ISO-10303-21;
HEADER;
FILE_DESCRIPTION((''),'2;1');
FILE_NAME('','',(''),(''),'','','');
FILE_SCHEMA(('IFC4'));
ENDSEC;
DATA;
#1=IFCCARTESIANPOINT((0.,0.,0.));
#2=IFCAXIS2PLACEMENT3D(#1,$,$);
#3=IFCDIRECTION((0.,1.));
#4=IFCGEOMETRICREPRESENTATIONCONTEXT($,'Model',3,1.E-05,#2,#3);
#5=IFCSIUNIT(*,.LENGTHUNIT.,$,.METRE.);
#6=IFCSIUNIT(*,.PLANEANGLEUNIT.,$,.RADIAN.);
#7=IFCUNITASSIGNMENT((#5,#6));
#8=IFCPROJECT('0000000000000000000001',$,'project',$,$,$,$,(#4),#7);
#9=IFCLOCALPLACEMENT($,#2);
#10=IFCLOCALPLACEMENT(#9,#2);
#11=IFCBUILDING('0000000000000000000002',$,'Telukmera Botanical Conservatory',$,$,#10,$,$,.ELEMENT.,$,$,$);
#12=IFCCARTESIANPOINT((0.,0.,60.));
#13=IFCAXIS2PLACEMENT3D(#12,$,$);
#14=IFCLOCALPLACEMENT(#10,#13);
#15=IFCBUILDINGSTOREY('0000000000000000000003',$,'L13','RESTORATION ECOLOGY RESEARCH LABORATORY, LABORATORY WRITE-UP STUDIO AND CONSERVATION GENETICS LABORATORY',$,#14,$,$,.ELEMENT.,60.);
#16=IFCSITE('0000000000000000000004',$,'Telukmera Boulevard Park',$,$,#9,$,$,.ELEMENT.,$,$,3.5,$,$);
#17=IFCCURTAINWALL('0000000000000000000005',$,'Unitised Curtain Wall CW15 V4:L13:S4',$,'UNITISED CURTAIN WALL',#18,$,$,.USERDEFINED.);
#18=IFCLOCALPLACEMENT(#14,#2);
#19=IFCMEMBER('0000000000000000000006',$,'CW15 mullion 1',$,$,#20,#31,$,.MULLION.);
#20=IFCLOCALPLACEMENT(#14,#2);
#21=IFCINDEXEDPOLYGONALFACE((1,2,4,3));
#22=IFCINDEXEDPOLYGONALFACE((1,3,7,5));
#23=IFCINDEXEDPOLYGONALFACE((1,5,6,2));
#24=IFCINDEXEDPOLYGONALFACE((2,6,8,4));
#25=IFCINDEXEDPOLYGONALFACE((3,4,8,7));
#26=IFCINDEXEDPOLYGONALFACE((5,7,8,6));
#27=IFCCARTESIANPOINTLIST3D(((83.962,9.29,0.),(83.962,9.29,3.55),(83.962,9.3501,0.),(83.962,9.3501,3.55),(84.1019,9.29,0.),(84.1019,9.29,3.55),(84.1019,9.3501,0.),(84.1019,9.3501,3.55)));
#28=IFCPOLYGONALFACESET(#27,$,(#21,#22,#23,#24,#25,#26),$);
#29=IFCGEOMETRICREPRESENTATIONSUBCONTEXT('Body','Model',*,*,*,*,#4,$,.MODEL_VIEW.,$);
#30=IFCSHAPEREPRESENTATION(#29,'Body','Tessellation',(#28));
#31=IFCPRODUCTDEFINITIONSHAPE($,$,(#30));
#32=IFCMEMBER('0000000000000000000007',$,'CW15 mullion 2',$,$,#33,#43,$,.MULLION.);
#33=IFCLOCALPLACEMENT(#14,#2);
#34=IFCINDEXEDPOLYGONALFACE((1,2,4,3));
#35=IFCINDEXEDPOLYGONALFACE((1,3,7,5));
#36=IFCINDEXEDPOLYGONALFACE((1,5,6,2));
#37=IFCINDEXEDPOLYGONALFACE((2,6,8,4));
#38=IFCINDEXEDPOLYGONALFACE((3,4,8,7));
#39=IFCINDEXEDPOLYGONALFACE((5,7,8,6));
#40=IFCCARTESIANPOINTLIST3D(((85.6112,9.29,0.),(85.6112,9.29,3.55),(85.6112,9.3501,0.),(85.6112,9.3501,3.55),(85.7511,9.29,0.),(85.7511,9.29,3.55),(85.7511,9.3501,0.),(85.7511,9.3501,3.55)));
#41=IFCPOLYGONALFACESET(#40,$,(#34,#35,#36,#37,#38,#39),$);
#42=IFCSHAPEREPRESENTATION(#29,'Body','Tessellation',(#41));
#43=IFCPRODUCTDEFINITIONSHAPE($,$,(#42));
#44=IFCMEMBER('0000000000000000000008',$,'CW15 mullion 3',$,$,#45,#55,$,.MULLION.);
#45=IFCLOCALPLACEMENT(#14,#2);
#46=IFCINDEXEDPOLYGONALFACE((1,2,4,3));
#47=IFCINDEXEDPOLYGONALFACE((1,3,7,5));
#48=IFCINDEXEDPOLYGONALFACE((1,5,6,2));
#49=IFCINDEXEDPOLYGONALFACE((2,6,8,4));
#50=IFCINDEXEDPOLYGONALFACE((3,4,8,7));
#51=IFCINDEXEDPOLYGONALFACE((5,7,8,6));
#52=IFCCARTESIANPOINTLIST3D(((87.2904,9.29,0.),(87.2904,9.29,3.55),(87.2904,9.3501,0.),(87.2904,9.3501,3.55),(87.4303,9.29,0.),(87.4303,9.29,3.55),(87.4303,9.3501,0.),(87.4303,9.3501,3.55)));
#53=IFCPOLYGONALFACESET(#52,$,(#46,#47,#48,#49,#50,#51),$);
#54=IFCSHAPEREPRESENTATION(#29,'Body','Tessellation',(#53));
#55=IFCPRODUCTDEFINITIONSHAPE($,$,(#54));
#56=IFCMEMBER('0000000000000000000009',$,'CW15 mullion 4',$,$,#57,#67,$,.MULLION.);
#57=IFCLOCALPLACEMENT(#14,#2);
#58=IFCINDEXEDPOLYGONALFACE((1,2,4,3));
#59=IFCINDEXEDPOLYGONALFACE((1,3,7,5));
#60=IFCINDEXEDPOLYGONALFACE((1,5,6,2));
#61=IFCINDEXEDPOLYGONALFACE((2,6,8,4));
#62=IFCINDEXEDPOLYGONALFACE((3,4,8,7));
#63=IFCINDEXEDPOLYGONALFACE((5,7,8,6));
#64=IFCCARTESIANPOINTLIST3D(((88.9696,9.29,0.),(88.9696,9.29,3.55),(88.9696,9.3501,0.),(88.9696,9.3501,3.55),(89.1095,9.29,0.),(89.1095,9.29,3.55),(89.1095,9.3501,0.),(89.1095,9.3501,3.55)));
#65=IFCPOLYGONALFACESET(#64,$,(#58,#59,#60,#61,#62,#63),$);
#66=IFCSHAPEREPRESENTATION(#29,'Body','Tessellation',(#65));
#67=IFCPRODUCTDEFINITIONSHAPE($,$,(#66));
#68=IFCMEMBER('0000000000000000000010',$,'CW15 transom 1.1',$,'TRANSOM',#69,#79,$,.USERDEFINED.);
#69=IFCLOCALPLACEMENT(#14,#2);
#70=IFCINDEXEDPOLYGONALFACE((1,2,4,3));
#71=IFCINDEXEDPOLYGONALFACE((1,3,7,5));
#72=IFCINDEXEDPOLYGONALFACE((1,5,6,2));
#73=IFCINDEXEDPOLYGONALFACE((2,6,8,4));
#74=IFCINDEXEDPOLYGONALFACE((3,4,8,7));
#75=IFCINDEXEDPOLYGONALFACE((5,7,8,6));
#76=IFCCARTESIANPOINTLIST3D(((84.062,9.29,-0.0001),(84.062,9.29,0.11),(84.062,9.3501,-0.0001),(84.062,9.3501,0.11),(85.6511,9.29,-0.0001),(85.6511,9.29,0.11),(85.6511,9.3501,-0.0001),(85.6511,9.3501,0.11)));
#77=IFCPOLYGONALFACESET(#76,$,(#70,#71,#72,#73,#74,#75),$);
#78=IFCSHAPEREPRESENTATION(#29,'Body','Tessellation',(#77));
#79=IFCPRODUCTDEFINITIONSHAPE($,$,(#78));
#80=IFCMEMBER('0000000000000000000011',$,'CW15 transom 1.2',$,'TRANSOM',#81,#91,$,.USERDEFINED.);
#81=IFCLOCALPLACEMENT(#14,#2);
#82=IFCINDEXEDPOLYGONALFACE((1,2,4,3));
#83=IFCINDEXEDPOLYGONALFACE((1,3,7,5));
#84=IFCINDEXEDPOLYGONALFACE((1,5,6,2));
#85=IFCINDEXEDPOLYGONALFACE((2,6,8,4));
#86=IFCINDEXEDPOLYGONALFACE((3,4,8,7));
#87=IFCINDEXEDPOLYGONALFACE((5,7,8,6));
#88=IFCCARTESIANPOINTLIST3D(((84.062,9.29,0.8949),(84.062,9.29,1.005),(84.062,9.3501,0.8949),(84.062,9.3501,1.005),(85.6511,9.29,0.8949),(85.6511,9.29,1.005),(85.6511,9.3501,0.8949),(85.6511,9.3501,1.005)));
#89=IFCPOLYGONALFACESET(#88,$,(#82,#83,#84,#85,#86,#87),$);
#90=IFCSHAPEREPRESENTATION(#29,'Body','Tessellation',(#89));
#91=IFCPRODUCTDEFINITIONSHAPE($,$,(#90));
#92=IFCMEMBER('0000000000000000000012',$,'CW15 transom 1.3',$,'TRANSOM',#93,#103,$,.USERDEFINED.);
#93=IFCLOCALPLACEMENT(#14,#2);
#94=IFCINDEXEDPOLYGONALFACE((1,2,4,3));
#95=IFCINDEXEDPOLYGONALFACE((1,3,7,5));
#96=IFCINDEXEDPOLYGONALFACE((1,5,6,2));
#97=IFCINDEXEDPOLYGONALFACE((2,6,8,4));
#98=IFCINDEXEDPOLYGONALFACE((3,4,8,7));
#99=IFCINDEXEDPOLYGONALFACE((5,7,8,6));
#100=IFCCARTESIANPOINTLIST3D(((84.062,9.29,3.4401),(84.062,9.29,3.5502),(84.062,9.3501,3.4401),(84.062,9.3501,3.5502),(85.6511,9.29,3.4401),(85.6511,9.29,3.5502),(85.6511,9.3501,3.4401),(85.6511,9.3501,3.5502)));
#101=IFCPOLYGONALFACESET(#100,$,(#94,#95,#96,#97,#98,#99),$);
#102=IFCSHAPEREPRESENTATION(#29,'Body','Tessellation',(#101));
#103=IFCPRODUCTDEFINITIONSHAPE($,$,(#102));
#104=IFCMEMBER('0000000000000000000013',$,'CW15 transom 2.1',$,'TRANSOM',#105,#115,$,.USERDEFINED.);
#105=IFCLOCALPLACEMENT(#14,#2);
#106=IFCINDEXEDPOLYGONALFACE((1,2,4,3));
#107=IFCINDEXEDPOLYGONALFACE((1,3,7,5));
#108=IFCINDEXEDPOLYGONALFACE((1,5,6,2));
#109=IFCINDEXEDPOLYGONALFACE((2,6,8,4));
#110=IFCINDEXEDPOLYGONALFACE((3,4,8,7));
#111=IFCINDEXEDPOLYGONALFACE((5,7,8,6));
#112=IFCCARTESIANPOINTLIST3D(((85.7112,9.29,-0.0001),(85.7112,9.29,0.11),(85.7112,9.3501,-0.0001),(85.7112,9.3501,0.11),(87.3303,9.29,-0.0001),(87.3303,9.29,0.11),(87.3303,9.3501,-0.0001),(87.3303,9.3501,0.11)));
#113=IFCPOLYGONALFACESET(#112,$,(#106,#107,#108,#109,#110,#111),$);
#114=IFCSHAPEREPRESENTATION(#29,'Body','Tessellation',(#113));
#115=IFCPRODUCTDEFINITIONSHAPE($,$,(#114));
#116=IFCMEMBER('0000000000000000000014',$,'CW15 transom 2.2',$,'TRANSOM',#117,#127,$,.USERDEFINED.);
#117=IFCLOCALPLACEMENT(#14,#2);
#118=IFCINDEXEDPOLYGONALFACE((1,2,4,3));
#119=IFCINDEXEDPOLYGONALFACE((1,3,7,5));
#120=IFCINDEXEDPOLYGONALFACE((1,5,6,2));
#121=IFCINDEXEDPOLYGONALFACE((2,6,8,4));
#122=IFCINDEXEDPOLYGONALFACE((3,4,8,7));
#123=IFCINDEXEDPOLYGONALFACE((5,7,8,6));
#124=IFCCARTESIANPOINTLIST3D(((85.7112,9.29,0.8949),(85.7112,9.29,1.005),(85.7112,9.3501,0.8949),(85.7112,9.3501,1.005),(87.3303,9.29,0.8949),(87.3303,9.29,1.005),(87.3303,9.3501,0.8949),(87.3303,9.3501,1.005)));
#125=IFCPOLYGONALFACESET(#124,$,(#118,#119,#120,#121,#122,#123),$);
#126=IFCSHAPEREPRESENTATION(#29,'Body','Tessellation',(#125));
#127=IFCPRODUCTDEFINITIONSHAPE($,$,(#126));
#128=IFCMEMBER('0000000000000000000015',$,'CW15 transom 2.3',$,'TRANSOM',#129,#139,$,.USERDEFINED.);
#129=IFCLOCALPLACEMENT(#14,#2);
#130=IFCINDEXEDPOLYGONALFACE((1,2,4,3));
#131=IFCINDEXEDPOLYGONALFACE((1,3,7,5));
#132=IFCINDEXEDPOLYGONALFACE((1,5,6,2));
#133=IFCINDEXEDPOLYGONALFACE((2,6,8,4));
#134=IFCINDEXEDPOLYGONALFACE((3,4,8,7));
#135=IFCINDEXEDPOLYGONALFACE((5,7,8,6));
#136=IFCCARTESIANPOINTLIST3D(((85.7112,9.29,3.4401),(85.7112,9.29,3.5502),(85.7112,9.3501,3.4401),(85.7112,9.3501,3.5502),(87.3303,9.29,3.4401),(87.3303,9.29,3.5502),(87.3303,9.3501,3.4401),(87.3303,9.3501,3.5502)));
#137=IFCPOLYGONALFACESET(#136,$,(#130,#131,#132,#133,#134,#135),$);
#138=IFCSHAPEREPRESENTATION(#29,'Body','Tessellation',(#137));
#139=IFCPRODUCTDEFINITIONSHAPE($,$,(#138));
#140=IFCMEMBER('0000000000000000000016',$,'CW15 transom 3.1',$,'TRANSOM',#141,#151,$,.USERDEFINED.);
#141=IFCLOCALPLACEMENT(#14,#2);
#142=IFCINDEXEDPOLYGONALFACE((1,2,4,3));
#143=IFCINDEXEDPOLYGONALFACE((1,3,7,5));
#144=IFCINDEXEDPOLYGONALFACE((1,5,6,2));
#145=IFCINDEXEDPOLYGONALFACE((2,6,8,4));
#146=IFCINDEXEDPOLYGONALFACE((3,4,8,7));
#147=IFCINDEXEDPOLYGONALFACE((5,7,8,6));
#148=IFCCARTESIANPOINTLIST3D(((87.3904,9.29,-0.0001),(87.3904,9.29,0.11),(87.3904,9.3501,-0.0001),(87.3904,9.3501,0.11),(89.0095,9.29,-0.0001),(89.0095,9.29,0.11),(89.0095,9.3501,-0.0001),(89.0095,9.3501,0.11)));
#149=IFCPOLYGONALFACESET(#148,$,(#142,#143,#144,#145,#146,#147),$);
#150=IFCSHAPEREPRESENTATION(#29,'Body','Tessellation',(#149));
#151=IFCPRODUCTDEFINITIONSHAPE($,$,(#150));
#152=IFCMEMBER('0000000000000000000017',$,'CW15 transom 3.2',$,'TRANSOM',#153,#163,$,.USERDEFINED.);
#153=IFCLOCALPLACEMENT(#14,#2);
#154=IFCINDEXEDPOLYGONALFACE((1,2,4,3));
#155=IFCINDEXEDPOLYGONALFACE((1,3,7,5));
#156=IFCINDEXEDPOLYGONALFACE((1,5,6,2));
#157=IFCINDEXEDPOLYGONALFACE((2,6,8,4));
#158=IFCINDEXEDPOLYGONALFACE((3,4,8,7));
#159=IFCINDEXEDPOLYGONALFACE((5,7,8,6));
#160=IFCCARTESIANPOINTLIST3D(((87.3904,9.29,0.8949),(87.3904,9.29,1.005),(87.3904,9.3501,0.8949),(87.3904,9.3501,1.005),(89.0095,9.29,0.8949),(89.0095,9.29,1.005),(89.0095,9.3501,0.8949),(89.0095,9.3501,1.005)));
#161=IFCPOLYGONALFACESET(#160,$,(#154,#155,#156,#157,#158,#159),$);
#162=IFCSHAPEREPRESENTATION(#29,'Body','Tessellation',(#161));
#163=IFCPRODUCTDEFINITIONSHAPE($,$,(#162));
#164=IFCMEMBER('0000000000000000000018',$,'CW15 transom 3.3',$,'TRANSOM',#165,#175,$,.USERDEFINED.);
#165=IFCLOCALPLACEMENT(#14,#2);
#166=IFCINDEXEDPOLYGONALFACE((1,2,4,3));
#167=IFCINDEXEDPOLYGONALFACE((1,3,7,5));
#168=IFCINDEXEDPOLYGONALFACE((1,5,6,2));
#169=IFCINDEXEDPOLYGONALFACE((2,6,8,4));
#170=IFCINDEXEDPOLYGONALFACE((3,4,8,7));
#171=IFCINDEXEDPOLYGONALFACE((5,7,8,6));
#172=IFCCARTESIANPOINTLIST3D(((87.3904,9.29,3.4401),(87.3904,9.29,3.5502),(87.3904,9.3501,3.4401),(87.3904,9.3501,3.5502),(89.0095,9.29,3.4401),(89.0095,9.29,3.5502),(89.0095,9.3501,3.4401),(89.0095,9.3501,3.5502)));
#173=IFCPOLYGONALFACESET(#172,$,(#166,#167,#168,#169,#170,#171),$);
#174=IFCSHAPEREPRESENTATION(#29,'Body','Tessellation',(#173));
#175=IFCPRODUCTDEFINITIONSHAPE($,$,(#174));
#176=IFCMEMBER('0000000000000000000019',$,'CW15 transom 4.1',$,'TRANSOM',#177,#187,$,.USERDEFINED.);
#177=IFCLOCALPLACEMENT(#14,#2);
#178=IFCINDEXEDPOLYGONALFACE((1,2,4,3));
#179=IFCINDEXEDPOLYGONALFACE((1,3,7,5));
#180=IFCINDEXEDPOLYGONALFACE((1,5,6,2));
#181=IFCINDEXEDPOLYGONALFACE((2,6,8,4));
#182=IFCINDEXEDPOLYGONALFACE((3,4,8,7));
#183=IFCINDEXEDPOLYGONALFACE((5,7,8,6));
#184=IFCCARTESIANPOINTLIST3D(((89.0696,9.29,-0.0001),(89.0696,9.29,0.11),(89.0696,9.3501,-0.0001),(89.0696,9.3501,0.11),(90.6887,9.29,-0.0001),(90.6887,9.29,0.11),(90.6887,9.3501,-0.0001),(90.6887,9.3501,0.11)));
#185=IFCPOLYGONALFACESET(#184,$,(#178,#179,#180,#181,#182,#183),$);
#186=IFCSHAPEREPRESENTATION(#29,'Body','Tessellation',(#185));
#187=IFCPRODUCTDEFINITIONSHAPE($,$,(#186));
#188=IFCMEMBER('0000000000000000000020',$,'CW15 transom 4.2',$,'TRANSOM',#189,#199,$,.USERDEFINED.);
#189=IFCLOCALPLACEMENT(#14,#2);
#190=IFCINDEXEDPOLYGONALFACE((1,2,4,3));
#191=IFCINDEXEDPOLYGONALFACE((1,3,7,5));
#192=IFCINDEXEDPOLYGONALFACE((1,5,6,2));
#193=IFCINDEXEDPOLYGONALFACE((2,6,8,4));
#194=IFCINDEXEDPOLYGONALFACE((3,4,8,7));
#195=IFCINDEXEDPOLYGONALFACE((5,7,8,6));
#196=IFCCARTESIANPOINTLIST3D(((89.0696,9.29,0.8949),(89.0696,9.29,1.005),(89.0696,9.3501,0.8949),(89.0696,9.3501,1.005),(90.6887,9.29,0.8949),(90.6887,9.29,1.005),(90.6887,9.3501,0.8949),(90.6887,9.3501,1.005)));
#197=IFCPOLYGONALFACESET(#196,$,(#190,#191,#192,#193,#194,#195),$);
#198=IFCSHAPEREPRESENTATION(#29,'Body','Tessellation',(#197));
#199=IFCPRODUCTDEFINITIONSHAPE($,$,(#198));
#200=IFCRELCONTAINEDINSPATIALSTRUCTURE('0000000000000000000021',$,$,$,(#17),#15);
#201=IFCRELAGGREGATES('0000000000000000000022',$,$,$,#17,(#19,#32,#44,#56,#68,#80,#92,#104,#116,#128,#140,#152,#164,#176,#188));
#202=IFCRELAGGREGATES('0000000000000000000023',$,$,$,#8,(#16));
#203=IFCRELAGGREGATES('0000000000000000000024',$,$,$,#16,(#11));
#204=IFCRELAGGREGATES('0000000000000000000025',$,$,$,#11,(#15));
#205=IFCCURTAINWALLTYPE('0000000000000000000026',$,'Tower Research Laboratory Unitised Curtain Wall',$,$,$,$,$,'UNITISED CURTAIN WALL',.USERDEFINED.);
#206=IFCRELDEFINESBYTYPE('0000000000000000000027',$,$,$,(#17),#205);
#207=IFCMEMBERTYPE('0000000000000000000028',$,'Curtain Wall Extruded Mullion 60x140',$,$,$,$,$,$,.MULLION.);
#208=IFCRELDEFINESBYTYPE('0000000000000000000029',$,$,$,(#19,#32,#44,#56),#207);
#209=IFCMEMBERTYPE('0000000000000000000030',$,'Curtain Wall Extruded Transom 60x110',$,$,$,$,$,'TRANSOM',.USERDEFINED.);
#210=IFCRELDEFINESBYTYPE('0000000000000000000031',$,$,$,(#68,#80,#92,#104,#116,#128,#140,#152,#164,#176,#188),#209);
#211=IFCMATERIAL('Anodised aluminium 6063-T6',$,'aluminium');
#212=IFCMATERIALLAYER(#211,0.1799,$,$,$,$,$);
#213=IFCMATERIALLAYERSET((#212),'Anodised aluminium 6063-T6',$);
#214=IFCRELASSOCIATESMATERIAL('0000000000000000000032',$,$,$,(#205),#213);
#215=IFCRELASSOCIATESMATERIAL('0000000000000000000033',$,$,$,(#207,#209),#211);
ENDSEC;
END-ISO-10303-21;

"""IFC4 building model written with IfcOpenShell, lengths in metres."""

from ifc_helpers import new_model, si_unit, direction, frame, origin, origin_2d, place, context, subcontext, project, spatial, rectangle, extrude, material, layer, layer_set, material_profile, profile_set, type_object, element, aggregate, save


model = new_model("IFC4")

# Units and contexts
model_context = context("Model", 3, precision=1e-05, world=origin(), true_north=direction((0.0, 1.0)))
body_context = subcontext(model_context, "Body", "Model", "MODEL_VIEW")
ifc_project = project(units=[si_unit("LENGTHUNIT", "METRE"), si_unit("PLANEANGLEUNIT", "RADIAN")], contexts=[model_context])

# Site, building, storey
site_placement = place(None, origin())
site = spatial("IfcSite", under=ifc_project, at=site_placement, Name="Telukmera Boulevard Park", CompositionType="ELEMENT", RefElevation=3.5)
building_placement = place(site_placement, origin())
building = spatial("IfcBuilding", under=site, at=building_placement, Name="Telukmera Botanical Conservatory", CompositionType="ELEMENT")
storey_placement = place(building_placement, frame((0.0, 0.0, 60.0)))
storey = spatial("IfcBuildingStorey", under=building, at=storey_placement, Name="L13", Description="RESTORATION ECOLOGY RESEARCH LABORATORY, LABORATORY WRITE-UP STUDIO AND CONSERVATION GENETICS LABORATORY", CompositionType="ELEMENT", Elevation=60.0)

# Curtain wall, members
ifc_material_1 = material(Name="Anodised aluminium 6063-T6", Category="aluminium")
ifc_layer_1 = layer(ifc_material_1, 0.1799)
ifc_layer_set_1 = layer_set([ifc_layer_1], Name="Anodised aluminium 6063-T6")
curtain_wall_type = type_object("IfcCurtainWallType", Name="Tower Research Laboratory Unitised Curtain Wall", ElementType="UNITISED CURTAIN WALL", PredefinedType="USERDEFINED", material=ifc_layer_set_1)
curtain_wall_placement = place(storey_placement, origin())
curtain_wall = element("IfcCurtainWall", 1, at=curtain_wall_placement, inside=storey, type_object=curtain_wall_type, Name="Unitised Curtain Wall CW15 V4:L13:S4", ObjectType="UNITISED CURTAIN WALL", PredefinedType="USERDEFINED")
ifc_material_profile_1 = material_profile(ifc_material_1, rectangle(XDim=0.0601, YDim=0.1399, at=origin_2d()), Name="ALU MULL 60x140")
ifc_profile_set_1 = profile_set([ifc_material_profile_1], Name="Anodised aluminium 6063-T6")
member_type_1 = type_object("IfcMemberType", Name="Curtain Wall Extruded Mullion 60x140", PredefinedType="MULLION", material=ifc_profile_set_1)
member_1_placement = place(storey_placement, frame((84.032, 9.3201, 0.0), z_axis=(0.0, 0.0, 1.0), x_axis=(0.0, 1.0, 0.0)))
member_1 = element("IfcMember", 2, at=member_1_placement, type_object=member_type_1, Name="CW15 mullion 1", PredefinedType="MULLION", context=body_context, shape_type="SweptSolid", body=[
    extrude(rectangle(XDim=0.0601, YDim=0.1399, at=origin_2d()), origin(), (0.0, 0.0, 1.0), 3.55),
])
member_2_placement = place(storey_placement, frame((85.6812, 9.3201, 0.0), z_axis=(0.0, 0.0, 1.0), x_axis=(0.0, 1.0, 0.0)))
member_2 = element("IfcMember", 3, at=member_2_placement, type_object=member_type_1, Name="CW15 mullion 2", PredefinedType="MULLION", context=body_context, shape_type="SweptSolid", body=[
    extrude(rectangle(XDim=0.0601, YDim=0.1399, at=origin_2d()), origin(), (0.0, 0.0, 1.0), 3.55),
])
member_3_placement = place(storey_placement, frame((87.3604, 9.3201, 0.0), z_axis=(0.0, 0.0, 1.0), x_axis=(0.0, 1.0, 0.0)))
member_3 = element("IfcMember", 4, at=member_3_placement, type_object=member_type_1, Name="CW15 mullion 3", PredefinedType="MULLION", context=body_context, shape_type="SweptSolid", body=[
    extrude(rectangle(XDim=0.0601, YDim=0.1399, at=origin_2d()), origin(), (0.0, 0.0, 1.0), 3.55),
])
member_4_placement = place(storey_placement, frame((89.0396, 9.3201, 0.0), z_axis=(0.0, 0.0, 1.0), x_axis=(0.0, 1.0, 0.0)))
member_4 = element("IfcMember", 5, at=member_4_placement, type_object=member_type_1, Name="CW15 mullion 4", PredefinedType="MULLION", context=body_context, shape_type="SweptSolid", body=[
    extrude(rectangle(XDim=0.0601, YDim=0.1399, at=origin_2d()), origin(), (0.0, 0.0, 1.0), 3.55),
])
ifc_material_profile_2 = material_profile(ifc_material_1, rectangle(XDim=0.0601, YDim=0.1101, at=origin_2d()), Name="ALU TRAN 60x110")
ifc_profile_set_2 = profile_set([ifc_material_profile_2], Name="Anodised aluminium 6063-T6")
member_type_2 = type_object("IfcMemberType", Name="Curtain Wall Extruded Transom 60x110", ElementType="TRANSOM", PredefinedType="USERDEFINED", material=ifc_profile_set_2)
member_5_placement = place(storey_placement, frame((84.062, 9.3201, 0.0549), z_axis=(1.0, 0.0, 0.0), x_axis=(0.0, 1.0, 0.0)))
member_5 = element("IfcMember", 6, at=member_5_placement, type_object=member_type_2, Name="CW15 transom 1.1", ObjectType="TRANSOM", PredefinedType="USERDEFINED", context=body_context, shape_type="SweptSolid", body=[
    extrude(rectangle(XDim=0.0601, YDim=0.1101, at=origin_2d()), origin(), (0.0, 0.0, 1.0), 1.5891),
])
member_6_placement = place(storey_placement, frame((84.062, 9.3201, 0.95), z_axis=(1.0, 0.0, 0.0), x_axis=(0.0, 1.0, 0.0)))
member_6 = element("IfcMember", 7, at=member_6_placement, type_object=member_type_2, Name="CW15 transom 1.2", ObjectType="TRANSOM", PredefinedType="USERDEFINED", context=body_context, shape_type="SweptSolid", body=[
    extrude(rectangle(XDim=0.0601, YDim=0.1101, at=origin_2d()), origin(), (0.0, 0.0, 1.0), 1.5891),
])
member_7_placement = place(storey_placement, frame((84.062, 9.3201, 3.4951), z_axis=(1.0, 0.0, 0.0), x_axis=(0.0, 1.0, 0.0)))
member_7 = element("IfcMember", 8, at=member_7_placement, type_object=member_type_2, Name="CW15 transom 1.3", ObjectType="TRANSOM", PredefinedType="USERDEFINED", context=body_context, shape_type="SweptSolid", body=[
    extrude(rectangle(XDim=0.0601, YDim=0.1101, at=origin_2d()), origin(), (0.0, 0.0, 1.0), 1.5891),
])
member_8_placement = place(storey_placement, frame((85.7112, 9.3201, 0.0549), z_axis=(1.0, 0.0, 0.0), x_axis=(0.0, 1.0, 0.0)))
member_8 = element("IfcMember", 9, at=member_8_placement, type_object=member_type_2, Name="CW15 transom 2.1", ObjectType="TRANSOM", PredefinedType="USERDEFINED", context=body_context, shape_type="SweptSolid", body=[
    extrude(rectangle(XDim=0.0601, YDim=0.1101, at=origin_2d()), origin(), (0.0, 0.0, 1.0), 1.6191),
])
member_9_placement = place(storey_placement, frame((85.7112, 9.3201, 0.95), z_axis=(1.0, 0.0, 0.0), x_axis=(0.0, 1.0, 0.0)))
member_9 = element("IfcMember", 10, at=member_9_placement, type_object=member_type_2, Name="CW15 transom 2.2", ObjectType="TRANSOM", PredefinedType="USERDEFINED", context=body_context, shape_type="SweptSolid", body=[
    extrude(rectangle(XDim=0.0601, YDim=0.1101, at=origin_2d()), origin(), (0.0, 0.0, 1.0), 1.6191),
])
member_10_placement = place(storey_placement, frame((85.7112, 9.3201, 3.4951), z_axis=(1.0, 0.0, 0.0), x_axis=(0.0, 1.0, 0.0)))
member_10 = element("IfcMember", 11, at=member_10_placement, type_object=member_type_2, Name="CW15 transom 2.3", ObjectType="TRANSOM", PredefinedType="USERDEFINED", context=body_context, shape_type="SweptSolid", body=[
    extrude(rectangle(XDim=0.0601, YDim=0.1101, at=origin_2d()), origin(), (0.0, 0.0, 1.0), 1.6191),
])
member_11_placement = place(storey_placement, frame((87.3904, 9.3201, 0.0549), z_axis=(1.0, 0.0, 0.0), x_axis=(0.0, 1.0, 0.0)))
member_11 = element("IfcMember", 12, at=member_11_placement, type_object=member_type_2, Name="CW15 transom 3.1", ObjectType="TRANSOM", PredefinedType="USERDEFINED", context=body_context, shape_type="SweptSolid", body=[
    extrude(rectangle(XDim=0.0601, YDim=0.1101, at=origin_2d()), origin(), (0.0, 0.0, 1.0), 1.6191),
])
member_12_placement = place(storey_placement, frame((87.3904, 9.3201, 0.95), z_axis=(1.0, 0.0, 0.0), x_axis=(0.0, 1.0, 0.0)))
member_12 = element("IfcMember", 13, at=member_12_placement, type_object=member_type_2, Name="CW15 transom 3.2", ObjectType="TRANSOM", PredefinedType="USERDEFINED", context=body_context, shape_type="SweptSolid", body=[
    extrude(rectangle(XDim=0.0601, YDim=0.1101, at=origin_2d()), origin(), (0.0, 0.0, 1.0), 1.6191),
])
member_13_placement = place(storey_placement, frame((87.3904, 9.3201, 3.4951), z_axis=(1.0, 0.0, 0.0), x_axis=(0.0, 1.0, 0.0)))
member_13 = element("IfcMember", 14, at=member_13_placement, type_object=member_type_2, Name="CW15 transom 3.3", ObjectType="TRANSOM", PredefinedType="USERDEFINED", context=body_context, shape_type="SweptSolid", body=[
    extrude(rectangle(XDim=0.0601, YDim=0.1101, at=origin_2d()), origin(), (0.0, 0.0, 1.0), 1.6191),
])
member_14_placement = place(storey_placement, frame((89.0696, 9.3201, 0.0549), z_axis=(1.0, 0.0, 0.0), x_axis=(0.0, 1.0, 0.0)))
member_14 = element("IfcMember", 15, at=member_14_placement, type_object=member_type_2, Name="CW15 transom 4.1", ObjectType="TRANSOM", PredefinedType="USERDEFINED", context=body_context, shape_type="SweptSolid", body=[
    extrude(rectangle(XDim=0.0601, YDim=0.1101, at=origin_2d()), origin(), (0.0, 0.0, 1.0), 1.6191),
])
member_15_placement = place(storey_placement, frame((89.0696, 9.3201, 0.95), z_axis=(1.0, 0.0, 0.0), x_axis=(0.0, 1.0, 0.0)))
member_15 = element("IfcMember", 16, at=member_15_placement, type_object=member_type_2, Name="CW15 transom 4.2", ObjectType="TRANSOM", PredefinedType="USERDEFINED", context=body_context, shape_type="SweptSolid", body=[
    extrude(rectangle(XDim=0.0601, YDim=0.1101, at=origin_2d()), origin(), (0.0, 0.0, 1.0), 1.6191),
])
aggregate(curtain_wall, [member_1, member_2, member_3, member_4, member_5, member_6, member_7, member_8, member_9, member_10, member_11, member_12, member_13, member_14, member_15])

save(model, "model.ifc")
